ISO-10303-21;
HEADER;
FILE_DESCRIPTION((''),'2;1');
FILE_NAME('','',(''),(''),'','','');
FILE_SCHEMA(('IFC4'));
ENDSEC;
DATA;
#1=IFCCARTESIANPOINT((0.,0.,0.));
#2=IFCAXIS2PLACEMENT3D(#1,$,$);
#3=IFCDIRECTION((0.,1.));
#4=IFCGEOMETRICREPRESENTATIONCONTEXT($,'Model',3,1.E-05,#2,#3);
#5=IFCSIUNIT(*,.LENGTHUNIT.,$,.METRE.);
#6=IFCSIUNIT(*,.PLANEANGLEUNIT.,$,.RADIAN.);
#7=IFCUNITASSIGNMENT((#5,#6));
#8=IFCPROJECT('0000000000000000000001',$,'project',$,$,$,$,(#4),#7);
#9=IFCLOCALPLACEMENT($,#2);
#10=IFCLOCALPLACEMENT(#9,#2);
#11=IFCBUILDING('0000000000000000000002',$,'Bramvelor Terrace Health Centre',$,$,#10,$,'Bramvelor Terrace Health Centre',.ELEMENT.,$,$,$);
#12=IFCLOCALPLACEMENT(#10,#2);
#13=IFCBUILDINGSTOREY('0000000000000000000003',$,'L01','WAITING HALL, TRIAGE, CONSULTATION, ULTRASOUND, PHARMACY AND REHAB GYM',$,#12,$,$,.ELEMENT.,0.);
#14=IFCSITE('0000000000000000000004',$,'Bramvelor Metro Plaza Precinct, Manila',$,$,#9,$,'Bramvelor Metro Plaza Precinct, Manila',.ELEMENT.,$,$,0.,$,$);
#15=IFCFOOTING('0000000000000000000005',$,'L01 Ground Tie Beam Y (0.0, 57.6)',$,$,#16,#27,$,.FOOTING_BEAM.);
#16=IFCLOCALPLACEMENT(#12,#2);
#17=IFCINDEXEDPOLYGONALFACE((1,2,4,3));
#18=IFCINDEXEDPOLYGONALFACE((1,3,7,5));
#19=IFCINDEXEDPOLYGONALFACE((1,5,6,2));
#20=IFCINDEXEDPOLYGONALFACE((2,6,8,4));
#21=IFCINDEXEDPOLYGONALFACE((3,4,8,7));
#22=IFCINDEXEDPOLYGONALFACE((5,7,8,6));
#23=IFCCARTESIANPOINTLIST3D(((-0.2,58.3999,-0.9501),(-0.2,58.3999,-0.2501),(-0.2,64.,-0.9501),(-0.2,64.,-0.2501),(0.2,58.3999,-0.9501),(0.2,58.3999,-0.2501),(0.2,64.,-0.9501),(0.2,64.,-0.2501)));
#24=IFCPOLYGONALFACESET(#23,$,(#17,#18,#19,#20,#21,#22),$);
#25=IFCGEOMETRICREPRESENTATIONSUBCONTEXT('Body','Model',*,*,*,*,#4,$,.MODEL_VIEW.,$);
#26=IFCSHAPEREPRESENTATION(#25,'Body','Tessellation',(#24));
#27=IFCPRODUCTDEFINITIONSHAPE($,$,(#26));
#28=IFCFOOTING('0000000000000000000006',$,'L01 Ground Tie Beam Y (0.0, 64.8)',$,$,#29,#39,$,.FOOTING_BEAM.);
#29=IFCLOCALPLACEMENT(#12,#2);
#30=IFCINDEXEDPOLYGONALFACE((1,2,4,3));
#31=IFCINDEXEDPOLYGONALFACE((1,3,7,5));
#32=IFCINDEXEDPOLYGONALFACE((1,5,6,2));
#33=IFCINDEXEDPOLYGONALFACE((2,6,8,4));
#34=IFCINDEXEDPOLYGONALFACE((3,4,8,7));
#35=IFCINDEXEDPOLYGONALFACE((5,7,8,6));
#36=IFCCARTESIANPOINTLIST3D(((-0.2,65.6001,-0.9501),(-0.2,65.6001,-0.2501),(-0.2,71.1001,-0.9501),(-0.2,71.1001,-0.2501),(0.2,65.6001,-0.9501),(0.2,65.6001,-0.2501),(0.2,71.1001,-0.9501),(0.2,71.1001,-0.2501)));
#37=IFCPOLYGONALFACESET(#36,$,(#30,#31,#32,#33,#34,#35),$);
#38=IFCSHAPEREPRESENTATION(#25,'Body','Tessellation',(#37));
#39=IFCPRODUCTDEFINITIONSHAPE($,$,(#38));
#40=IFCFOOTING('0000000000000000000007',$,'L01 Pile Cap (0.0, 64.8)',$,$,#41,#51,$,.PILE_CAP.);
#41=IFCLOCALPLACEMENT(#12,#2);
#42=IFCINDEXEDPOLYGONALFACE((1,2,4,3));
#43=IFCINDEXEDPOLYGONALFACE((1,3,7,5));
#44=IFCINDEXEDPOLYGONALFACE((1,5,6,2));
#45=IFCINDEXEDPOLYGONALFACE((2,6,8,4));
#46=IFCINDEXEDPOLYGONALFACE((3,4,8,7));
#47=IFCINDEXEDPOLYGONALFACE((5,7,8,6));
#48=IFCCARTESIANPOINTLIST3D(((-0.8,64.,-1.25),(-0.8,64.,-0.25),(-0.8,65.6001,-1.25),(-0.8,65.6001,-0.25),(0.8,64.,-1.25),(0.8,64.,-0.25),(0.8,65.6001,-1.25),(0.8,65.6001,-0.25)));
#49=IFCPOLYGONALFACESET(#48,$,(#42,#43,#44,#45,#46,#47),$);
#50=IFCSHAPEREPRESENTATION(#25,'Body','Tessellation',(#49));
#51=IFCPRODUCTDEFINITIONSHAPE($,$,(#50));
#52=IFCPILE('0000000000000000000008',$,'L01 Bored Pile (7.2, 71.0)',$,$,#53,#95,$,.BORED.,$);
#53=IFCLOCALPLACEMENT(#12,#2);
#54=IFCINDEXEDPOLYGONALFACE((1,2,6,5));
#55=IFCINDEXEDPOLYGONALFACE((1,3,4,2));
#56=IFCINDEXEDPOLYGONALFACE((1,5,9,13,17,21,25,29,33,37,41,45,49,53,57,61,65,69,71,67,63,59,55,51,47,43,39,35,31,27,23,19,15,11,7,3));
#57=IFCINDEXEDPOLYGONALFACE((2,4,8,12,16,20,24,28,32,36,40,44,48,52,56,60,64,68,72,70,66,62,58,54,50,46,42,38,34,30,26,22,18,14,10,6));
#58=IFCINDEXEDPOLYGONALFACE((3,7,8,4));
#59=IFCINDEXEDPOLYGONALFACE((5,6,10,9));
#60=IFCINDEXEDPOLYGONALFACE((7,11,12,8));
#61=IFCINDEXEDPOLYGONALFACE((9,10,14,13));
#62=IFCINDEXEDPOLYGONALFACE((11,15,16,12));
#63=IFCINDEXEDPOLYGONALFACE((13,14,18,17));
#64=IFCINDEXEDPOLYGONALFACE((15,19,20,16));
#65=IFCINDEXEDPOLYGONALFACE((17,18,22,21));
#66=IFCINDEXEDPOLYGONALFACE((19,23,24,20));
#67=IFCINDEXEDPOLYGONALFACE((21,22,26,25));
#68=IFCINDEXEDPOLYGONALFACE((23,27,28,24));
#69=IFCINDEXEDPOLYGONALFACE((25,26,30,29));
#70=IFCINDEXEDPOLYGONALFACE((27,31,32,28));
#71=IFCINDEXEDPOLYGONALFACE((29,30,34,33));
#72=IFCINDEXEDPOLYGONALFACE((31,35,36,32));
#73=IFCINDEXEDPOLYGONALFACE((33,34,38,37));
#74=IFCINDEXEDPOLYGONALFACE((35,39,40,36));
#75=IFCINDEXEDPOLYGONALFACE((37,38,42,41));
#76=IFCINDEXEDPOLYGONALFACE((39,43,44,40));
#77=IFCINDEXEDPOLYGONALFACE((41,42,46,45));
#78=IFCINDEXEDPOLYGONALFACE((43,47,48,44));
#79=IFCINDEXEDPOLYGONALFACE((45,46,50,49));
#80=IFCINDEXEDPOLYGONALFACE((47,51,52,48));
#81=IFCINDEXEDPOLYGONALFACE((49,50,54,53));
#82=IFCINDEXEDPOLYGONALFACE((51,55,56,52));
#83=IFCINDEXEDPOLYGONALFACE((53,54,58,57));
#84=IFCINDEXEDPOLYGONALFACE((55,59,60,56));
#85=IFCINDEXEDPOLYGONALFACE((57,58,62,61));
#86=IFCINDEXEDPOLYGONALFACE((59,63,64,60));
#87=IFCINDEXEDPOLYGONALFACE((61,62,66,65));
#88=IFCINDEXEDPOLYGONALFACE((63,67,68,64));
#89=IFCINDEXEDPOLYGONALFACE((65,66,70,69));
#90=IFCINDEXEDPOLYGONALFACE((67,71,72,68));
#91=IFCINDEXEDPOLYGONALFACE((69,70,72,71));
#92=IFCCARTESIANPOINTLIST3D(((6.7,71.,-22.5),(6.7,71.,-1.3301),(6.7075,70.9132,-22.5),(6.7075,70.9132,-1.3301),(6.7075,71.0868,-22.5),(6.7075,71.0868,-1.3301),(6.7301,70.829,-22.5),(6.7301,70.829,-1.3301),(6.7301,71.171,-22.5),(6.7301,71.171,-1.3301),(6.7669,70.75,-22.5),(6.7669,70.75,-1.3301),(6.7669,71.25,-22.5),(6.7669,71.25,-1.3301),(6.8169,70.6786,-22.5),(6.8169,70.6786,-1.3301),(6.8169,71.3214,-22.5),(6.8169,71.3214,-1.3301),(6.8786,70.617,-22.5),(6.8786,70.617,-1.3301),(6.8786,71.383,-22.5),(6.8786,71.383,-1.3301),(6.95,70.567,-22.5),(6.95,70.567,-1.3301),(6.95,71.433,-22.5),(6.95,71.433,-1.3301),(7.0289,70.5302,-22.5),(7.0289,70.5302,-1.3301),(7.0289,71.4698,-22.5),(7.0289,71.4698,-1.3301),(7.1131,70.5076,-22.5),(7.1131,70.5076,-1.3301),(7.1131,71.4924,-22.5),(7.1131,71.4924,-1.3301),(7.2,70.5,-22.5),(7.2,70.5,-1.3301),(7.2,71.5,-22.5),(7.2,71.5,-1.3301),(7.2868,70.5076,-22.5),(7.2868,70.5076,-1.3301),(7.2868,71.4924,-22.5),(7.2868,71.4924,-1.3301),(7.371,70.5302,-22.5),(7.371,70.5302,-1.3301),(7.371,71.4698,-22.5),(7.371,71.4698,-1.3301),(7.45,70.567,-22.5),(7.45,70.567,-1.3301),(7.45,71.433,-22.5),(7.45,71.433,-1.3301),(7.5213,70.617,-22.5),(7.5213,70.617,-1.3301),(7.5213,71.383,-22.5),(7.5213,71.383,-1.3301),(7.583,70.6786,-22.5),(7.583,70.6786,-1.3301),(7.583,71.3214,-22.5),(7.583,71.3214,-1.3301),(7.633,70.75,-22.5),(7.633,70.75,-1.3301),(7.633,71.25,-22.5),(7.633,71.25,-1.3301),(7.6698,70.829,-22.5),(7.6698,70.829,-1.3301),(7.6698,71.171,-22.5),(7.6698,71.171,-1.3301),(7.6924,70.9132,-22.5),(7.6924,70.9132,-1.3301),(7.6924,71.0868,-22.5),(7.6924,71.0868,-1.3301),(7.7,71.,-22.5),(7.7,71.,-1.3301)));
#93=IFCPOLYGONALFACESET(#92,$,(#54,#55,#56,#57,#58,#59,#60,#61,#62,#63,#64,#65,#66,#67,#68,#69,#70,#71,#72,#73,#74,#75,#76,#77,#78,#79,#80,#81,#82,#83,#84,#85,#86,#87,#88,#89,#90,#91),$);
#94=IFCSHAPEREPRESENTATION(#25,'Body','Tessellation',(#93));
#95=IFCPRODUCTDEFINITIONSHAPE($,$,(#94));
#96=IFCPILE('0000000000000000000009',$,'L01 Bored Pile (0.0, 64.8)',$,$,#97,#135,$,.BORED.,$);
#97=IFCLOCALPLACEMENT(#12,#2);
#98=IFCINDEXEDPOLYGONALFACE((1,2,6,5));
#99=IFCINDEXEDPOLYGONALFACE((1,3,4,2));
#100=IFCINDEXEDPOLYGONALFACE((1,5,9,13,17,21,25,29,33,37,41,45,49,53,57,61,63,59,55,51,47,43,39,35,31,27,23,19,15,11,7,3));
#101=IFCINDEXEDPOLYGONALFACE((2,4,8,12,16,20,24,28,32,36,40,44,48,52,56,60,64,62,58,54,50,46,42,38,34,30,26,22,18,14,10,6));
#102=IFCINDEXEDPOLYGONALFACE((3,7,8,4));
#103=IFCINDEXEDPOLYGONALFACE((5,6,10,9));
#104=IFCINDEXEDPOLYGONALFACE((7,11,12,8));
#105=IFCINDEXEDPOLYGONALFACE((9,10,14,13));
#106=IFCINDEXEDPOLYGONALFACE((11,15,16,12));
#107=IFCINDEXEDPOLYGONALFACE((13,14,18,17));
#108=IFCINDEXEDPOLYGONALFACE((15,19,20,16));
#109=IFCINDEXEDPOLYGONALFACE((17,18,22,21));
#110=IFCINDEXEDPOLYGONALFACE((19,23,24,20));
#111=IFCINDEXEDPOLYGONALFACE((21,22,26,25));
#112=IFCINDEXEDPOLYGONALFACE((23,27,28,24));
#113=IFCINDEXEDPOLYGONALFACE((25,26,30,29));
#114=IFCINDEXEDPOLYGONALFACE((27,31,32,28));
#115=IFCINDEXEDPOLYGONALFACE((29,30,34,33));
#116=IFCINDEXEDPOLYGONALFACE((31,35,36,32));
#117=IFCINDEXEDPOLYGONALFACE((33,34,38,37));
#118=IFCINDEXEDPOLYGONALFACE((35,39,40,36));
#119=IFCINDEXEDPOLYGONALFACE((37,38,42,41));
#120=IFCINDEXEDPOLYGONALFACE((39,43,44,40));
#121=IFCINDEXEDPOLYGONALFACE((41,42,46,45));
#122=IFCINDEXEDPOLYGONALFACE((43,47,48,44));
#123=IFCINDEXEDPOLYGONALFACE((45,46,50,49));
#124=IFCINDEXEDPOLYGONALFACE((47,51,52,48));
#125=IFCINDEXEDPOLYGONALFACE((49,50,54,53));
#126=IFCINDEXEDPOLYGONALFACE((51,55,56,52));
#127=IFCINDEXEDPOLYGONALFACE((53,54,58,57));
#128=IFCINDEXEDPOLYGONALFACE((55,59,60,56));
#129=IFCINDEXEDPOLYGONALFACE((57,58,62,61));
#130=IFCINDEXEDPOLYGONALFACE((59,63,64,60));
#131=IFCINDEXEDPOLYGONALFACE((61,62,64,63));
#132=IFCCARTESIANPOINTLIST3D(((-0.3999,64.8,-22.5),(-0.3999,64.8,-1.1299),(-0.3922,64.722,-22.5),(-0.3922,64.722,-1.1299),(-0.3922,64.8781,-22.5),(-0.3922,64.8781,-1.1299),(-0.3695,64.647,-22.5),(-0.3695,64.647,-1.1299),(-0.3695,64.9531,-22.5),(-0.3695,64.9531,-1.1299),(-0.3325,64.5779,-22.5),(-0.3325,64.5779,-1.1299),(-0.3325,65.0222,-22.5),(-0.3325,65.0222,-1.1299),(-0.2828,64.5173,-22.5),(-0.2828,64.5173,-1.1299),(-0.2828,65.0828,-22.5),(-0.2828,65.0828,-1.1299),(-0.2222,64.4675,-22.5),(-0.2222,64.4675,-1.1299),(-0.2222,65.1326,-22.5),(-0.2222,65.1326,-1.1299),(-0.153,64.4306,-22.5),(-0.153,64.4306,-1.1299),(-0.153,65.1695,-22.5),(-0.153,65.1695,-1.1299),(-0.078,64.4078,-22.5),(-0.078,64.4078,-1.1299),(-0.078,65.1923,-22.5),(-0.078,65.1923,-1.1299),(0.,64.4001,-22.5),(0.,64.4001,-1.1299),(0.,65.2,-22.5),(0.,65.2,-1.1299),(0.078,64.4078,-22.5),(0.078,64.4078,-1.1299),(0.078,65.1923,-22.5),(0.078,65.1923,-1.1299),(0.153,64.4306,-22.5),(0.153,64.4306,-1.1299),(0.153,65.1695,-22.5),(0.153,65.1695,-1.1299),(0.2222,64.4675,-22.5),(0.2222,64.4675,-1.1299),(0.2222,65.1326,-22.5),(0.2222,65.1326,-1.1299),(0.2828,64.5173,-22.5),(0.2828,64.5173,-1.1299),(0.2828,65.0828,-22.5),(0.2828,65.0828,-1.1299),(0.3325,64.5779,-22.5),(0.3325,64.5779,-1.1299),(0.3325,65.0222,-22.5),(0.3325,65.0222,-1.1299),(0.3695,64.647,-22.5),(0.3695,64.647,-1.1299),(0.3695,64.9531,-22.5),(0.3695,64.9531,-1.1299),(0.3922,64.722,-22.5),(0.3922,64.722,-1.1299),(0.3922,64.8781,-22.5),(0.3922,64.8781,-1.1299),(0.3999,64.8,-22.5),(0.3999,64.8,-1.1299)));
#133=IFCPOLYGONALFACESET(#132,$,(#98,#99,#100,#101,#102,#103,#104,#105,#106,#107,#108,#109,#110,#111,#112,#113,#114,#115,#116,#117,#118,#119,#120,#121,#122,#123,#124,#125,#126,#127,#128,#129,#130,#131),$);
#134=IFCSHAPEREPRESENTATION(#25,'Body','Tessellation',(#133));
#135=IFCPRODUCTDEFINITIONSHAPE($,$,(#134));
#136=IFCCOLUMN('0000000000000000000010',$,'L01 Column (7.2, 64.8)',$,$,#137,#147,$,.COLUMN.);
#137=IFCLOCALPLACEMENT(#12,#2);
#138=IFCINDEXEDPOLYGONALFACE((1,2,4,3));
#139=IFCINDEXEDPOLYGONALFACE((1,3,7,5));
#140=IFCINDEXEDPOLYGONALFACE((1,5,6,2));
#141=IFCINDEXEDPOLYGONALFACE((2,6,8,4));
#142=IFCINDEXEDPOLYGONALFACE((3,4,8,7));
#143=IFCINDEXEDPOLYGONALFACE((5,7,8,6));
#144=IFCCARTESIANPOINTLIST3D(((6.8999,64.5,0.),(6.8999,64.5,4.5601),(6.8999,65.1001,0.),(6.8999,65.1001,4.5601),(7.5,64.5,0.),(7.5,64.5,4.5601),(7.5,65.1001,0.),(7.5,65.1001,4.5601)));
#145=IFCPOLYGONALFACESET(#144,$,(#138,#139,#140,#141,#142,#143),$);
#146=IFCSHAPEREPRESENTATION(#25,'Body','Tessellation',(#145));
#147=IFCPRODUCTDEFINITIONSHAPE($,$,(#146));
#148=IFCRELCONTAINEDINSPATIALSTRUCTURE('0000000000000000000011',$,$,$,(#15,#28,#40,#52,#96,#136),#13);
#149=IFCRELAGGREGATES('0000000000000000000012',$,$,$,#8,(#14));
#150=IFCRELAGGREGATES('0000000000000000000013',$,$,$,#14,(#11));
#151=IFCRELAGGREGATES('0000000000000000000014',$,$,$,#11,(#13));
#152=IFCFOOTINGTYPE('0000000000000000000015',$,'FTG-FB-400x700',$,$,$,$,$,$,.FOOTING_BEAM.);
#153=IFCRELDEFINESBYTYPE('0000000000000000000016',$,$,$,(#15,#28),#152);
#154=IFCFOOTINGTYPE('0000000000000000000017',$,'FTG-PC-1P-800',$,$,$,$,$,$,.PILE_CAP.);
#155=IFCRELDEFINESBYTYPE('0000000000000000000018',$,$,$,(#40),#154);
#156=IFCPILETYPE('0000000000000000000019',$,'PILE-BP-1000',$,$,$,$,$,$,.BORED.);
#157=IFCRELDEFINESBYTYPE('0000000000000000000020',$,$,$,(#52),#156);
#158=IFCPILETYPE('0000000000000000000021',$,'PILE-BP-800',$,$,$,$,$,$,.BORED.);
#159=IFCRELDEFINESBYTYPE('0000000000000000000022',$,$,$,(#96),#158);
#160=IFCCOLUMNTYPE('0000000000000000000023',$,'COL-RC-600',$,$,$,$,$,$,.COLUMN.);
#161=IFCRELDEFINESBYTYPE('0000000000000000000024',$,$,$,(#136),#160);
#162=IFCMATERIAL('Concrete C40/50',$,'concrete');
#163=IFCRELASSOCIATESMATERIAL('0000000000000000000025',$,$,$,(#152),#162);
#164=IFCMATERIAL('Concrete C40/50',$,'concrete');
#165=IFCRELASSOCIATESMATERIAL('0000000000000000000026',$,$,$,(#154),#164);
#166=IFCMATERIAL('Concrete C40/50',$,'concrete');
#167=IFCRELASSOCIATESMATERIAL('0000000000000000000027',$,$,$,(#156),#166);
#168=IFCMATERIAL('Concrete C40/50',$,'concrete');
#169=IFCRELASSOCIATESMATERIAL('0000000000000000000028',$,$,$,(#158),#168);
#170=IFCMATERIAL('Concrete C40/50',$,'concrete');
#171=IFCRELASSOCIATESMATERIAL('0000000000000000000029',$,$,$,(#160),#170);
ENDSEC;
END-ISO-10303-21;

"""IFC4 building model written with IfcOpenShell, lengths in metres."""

from ifc_helpers import new_model, si_unit, direction, frame, origin, origin_2d, place, context, subcontext, project, spatial, rectangle, circle, extrude, material, material_profile, profile_set, type_object, element, save


model = new_model("IFC4")

# Units and contexts
model_context = context("Model", 3, precision=1e-05, world=origin(), true_north=direction((0.0, 1.0)))
body_context = subcontext(model_context, "Body", "Model", "MODEL_VIEW")
ifc_project = project(units=[si_unit("LENGTHUNIT", "METRE"), si_unit("PLANEANGLEUNIT", "RADIAN")], contexts=[model_context])

# Site, building, storey
site_placement = place(None, origin())
site = spatial("IfcSite", under=ifc_project, at=site_placement, Name="Bramvelor Metro Plaza Precinct, Manila", LongName="Bramvelor Metro Plaza Precinct, Manila", CompositionType="ELEMENT", RefElevation=0.0)
building_placement = place(site_placement, origin())
building = spatial("IfcBuilding", under=site, at=building_placement, Name="Bramvelor Terrace Health Centre", LongName="Bramvelor Terrace Health Centre", CompositionType="ELEMENT")
storey_placement = place(building_placement, origin())
storey = spatial("IfcBuildingStorey", under=building, at=storey_placement, Name="L01", Description="WAITING HALL, TRIAGE, CONSULTATION, ULTRASOUND, PHARMACY AND REHAB GYM", CompositionType="ELEMENT", Elevation=0.0)

# Footings
ifc_material_1 = material(Name="Concrete C40/50", Category="concrete")
ifc_material_profile_1 = material_profile(ifc_material_1, rectangle(XDim=0.3999, YDim=0.7, at=origin_2d()), Name="RC 400x700")
ifc_profile_set_1 = profile_set([ifc_material_profile_1], Name="Concrete C40/50")
footing_type_1 = type_object("IfcFootingType", Name="FTG-FB-400x700", PredefinedType="FOOTING_BEAM", material=ifc_profile_set_1)
footing_1_placement = place(storey_placement, frame((0.0, 58.3999, -0.6001), z_axis=(0.0, 1.0, 0.0), x_axis=(-1.0, 0.0, 0.0)))
element("IfcFooting", 1, at=footing_1_placement, inside=storey, type_object=footing_type_1, Name="L01 Ground Tie Beam Y (0.0, 57.6)", PredefinedType="FOOTING_BEAM", context=body_context, shape_type="SweptSolid", body=[
    extrude(rectangle(XDim=0.3999, YDim=0.7, at=origin_2d()), origin(), (0.0, 0.0, 1.0), 5.6001),
])
footing_2_placement = place(storey_placement, frame((0.0, 65.6001, -0.6001), z_axis=(0.0, 1.0, 0.0), x_axis=(-1.0, 0.0, 0.0)))
element("IfcFooting", 2, at=footing_2_placement, inside=storey, type_object=footing_type_1, Name="L01 Ground Tie Beam Y (0.0, 64.8)", PredefinedType="FOOTING_BEAM", context=body_context, shape_type="SweptSolid", body=[
    extrude(rectangle(XDim=0.3999, YDim=0.7, at=origin_2d()), origin(), (0.0, 0.0, 1.0), 5.5),
])
ifc_material_2 = material(Name="Concrete C40/50", Category="concrete")
footing_type_2 = type_object("IfcFootingType", Name="FTG-PC-1P-800", PredefinedType="PILE_CAP", material=ifc_material_2)
footing_3_placement = place(storey_placement, frame((0.0, 64.8, -1.25), z_axis=(0.0, 0.0, 1.0), x_axis=(1.0, 0.0, 0.0)))
element("IfcFooting", 3, at=footing_3_placement, inside=storey, type_object=footing_type_2, Name="L01 Pile Cap (0.0, 64.8)", PredefinedType="PILE_CAP", context=body_context, shape_type="SweptSolid", body=[
    extrude(rectangle(XDim=1.6001, YDim=1.6001, at=origin_2d()), origin(), (0.0, 0.0, 1.0), 1.0),
])

# Piles
ifc_material_3 = material(Name="Concrete C40/50", Category="concrete")
ifc_material_profile_2 = material_profile(ifc_material_3, circle(Radius=0.5, at=origin_2d()), Name="BP D1000")
ifc_profile_set_2 = profile_set([ifc_material_profile_2], Name="Concrete C40/50")
pile_type_1 = type_object("IfcPileType", Name="PILE-BP-1000", PredefinedType="BORED", material=ifc_profile_set_2)
pile_1_placement = place(storey_placement, frame((7.2, 71.0, -1.3301), z_axis=(0.0, 0.0, -1.0), x_axis=(1.0, 0.0, 0.0)))
element("IfcPile", 4, at=pile_1_placement, inside=storey, type_object=pile_type_1, Name="L01 Bored Pile (7.2, 71.0)", PredefinedType="BORED", context=body_context, shape_type="SweptSolid", body=[
    extrude(circle(Radius=0.5, at=origin_2d()), origin(), (0.0, 0.0, 1.0), 21.1699),
])
ifc_material_4 = material(Name="Concrete C40/50", Category="concrete")
ifc_material_profile_3 = material_profile(ifc_material_4, circle(Radius=0.3999, at=origin_2d()), Name="BP D800")
ifc_profile_set_3 = profile_set([ifc_material_profile_3], Name="Concrete C40/50")
pile_type_2 = type_object("IfcPileType", Name="PILE-BP-800", PredefinedType="BORED", material=ifc_profile_set_3)
pile_2_placement = place(storey_placement, frame((0.0, 64.8, -1.1299), z_axis=(0.0, 0.0, -1.0), x_axis=(1.0, 0.0, 0.0)))
element("IfcPile", 5, at=pile_2_placement, inside=storey, type_object=pile_type_2, Name="L01 Bored Pile (0.0, 64.8)", PredefinedType="BORED", context=body_context, shape_type="SweptSolid", body=[
    extrude(circle(Radius=0.3999, at=origin_2d()), origin(), (0.0, 0.0, 1.0), 21.3701),
])

# Column
ifc_material_5 = material(Name="Concrete C40/50", Category="concrete")
ifc_material_profile_4 = material_profile(ifc_material_5, rectangle(XDim=0.6001, YDim=0.6001, at=origin_2d()), Name="RC 600x600")
ifc_profile_set_4 = profile_set([ifc_material_profile_4], Name="Concrete C40/50")
column_type_1 = type_object("IfcColumnType", Name="COL-RC-600", PredefinedType="COLUMN", material=ifc_profile_set_4)
column_1_placement = place(storey_placement, frame((7.2, 64.8, 0.0), z_axis=(0.0, 0.0, 1.0), x_axis=(1.0, 0.0, 0.0)))
element("IfcColumn", 6, at=column_1_placement, inside=storey, type_object=column_type_1, Name="L01 Column (7.2, 64.8)", PredefinedType="COLUMN", context=body_context, shape_type="SweptSolid", body=[
    extrude(rectangle(XDim=0.6001, YDim=0.6001, at=origin_2d()), origin(), (0.0, 0.0, 1.0), 4.5601),
])

save(model, "model.ifc")
